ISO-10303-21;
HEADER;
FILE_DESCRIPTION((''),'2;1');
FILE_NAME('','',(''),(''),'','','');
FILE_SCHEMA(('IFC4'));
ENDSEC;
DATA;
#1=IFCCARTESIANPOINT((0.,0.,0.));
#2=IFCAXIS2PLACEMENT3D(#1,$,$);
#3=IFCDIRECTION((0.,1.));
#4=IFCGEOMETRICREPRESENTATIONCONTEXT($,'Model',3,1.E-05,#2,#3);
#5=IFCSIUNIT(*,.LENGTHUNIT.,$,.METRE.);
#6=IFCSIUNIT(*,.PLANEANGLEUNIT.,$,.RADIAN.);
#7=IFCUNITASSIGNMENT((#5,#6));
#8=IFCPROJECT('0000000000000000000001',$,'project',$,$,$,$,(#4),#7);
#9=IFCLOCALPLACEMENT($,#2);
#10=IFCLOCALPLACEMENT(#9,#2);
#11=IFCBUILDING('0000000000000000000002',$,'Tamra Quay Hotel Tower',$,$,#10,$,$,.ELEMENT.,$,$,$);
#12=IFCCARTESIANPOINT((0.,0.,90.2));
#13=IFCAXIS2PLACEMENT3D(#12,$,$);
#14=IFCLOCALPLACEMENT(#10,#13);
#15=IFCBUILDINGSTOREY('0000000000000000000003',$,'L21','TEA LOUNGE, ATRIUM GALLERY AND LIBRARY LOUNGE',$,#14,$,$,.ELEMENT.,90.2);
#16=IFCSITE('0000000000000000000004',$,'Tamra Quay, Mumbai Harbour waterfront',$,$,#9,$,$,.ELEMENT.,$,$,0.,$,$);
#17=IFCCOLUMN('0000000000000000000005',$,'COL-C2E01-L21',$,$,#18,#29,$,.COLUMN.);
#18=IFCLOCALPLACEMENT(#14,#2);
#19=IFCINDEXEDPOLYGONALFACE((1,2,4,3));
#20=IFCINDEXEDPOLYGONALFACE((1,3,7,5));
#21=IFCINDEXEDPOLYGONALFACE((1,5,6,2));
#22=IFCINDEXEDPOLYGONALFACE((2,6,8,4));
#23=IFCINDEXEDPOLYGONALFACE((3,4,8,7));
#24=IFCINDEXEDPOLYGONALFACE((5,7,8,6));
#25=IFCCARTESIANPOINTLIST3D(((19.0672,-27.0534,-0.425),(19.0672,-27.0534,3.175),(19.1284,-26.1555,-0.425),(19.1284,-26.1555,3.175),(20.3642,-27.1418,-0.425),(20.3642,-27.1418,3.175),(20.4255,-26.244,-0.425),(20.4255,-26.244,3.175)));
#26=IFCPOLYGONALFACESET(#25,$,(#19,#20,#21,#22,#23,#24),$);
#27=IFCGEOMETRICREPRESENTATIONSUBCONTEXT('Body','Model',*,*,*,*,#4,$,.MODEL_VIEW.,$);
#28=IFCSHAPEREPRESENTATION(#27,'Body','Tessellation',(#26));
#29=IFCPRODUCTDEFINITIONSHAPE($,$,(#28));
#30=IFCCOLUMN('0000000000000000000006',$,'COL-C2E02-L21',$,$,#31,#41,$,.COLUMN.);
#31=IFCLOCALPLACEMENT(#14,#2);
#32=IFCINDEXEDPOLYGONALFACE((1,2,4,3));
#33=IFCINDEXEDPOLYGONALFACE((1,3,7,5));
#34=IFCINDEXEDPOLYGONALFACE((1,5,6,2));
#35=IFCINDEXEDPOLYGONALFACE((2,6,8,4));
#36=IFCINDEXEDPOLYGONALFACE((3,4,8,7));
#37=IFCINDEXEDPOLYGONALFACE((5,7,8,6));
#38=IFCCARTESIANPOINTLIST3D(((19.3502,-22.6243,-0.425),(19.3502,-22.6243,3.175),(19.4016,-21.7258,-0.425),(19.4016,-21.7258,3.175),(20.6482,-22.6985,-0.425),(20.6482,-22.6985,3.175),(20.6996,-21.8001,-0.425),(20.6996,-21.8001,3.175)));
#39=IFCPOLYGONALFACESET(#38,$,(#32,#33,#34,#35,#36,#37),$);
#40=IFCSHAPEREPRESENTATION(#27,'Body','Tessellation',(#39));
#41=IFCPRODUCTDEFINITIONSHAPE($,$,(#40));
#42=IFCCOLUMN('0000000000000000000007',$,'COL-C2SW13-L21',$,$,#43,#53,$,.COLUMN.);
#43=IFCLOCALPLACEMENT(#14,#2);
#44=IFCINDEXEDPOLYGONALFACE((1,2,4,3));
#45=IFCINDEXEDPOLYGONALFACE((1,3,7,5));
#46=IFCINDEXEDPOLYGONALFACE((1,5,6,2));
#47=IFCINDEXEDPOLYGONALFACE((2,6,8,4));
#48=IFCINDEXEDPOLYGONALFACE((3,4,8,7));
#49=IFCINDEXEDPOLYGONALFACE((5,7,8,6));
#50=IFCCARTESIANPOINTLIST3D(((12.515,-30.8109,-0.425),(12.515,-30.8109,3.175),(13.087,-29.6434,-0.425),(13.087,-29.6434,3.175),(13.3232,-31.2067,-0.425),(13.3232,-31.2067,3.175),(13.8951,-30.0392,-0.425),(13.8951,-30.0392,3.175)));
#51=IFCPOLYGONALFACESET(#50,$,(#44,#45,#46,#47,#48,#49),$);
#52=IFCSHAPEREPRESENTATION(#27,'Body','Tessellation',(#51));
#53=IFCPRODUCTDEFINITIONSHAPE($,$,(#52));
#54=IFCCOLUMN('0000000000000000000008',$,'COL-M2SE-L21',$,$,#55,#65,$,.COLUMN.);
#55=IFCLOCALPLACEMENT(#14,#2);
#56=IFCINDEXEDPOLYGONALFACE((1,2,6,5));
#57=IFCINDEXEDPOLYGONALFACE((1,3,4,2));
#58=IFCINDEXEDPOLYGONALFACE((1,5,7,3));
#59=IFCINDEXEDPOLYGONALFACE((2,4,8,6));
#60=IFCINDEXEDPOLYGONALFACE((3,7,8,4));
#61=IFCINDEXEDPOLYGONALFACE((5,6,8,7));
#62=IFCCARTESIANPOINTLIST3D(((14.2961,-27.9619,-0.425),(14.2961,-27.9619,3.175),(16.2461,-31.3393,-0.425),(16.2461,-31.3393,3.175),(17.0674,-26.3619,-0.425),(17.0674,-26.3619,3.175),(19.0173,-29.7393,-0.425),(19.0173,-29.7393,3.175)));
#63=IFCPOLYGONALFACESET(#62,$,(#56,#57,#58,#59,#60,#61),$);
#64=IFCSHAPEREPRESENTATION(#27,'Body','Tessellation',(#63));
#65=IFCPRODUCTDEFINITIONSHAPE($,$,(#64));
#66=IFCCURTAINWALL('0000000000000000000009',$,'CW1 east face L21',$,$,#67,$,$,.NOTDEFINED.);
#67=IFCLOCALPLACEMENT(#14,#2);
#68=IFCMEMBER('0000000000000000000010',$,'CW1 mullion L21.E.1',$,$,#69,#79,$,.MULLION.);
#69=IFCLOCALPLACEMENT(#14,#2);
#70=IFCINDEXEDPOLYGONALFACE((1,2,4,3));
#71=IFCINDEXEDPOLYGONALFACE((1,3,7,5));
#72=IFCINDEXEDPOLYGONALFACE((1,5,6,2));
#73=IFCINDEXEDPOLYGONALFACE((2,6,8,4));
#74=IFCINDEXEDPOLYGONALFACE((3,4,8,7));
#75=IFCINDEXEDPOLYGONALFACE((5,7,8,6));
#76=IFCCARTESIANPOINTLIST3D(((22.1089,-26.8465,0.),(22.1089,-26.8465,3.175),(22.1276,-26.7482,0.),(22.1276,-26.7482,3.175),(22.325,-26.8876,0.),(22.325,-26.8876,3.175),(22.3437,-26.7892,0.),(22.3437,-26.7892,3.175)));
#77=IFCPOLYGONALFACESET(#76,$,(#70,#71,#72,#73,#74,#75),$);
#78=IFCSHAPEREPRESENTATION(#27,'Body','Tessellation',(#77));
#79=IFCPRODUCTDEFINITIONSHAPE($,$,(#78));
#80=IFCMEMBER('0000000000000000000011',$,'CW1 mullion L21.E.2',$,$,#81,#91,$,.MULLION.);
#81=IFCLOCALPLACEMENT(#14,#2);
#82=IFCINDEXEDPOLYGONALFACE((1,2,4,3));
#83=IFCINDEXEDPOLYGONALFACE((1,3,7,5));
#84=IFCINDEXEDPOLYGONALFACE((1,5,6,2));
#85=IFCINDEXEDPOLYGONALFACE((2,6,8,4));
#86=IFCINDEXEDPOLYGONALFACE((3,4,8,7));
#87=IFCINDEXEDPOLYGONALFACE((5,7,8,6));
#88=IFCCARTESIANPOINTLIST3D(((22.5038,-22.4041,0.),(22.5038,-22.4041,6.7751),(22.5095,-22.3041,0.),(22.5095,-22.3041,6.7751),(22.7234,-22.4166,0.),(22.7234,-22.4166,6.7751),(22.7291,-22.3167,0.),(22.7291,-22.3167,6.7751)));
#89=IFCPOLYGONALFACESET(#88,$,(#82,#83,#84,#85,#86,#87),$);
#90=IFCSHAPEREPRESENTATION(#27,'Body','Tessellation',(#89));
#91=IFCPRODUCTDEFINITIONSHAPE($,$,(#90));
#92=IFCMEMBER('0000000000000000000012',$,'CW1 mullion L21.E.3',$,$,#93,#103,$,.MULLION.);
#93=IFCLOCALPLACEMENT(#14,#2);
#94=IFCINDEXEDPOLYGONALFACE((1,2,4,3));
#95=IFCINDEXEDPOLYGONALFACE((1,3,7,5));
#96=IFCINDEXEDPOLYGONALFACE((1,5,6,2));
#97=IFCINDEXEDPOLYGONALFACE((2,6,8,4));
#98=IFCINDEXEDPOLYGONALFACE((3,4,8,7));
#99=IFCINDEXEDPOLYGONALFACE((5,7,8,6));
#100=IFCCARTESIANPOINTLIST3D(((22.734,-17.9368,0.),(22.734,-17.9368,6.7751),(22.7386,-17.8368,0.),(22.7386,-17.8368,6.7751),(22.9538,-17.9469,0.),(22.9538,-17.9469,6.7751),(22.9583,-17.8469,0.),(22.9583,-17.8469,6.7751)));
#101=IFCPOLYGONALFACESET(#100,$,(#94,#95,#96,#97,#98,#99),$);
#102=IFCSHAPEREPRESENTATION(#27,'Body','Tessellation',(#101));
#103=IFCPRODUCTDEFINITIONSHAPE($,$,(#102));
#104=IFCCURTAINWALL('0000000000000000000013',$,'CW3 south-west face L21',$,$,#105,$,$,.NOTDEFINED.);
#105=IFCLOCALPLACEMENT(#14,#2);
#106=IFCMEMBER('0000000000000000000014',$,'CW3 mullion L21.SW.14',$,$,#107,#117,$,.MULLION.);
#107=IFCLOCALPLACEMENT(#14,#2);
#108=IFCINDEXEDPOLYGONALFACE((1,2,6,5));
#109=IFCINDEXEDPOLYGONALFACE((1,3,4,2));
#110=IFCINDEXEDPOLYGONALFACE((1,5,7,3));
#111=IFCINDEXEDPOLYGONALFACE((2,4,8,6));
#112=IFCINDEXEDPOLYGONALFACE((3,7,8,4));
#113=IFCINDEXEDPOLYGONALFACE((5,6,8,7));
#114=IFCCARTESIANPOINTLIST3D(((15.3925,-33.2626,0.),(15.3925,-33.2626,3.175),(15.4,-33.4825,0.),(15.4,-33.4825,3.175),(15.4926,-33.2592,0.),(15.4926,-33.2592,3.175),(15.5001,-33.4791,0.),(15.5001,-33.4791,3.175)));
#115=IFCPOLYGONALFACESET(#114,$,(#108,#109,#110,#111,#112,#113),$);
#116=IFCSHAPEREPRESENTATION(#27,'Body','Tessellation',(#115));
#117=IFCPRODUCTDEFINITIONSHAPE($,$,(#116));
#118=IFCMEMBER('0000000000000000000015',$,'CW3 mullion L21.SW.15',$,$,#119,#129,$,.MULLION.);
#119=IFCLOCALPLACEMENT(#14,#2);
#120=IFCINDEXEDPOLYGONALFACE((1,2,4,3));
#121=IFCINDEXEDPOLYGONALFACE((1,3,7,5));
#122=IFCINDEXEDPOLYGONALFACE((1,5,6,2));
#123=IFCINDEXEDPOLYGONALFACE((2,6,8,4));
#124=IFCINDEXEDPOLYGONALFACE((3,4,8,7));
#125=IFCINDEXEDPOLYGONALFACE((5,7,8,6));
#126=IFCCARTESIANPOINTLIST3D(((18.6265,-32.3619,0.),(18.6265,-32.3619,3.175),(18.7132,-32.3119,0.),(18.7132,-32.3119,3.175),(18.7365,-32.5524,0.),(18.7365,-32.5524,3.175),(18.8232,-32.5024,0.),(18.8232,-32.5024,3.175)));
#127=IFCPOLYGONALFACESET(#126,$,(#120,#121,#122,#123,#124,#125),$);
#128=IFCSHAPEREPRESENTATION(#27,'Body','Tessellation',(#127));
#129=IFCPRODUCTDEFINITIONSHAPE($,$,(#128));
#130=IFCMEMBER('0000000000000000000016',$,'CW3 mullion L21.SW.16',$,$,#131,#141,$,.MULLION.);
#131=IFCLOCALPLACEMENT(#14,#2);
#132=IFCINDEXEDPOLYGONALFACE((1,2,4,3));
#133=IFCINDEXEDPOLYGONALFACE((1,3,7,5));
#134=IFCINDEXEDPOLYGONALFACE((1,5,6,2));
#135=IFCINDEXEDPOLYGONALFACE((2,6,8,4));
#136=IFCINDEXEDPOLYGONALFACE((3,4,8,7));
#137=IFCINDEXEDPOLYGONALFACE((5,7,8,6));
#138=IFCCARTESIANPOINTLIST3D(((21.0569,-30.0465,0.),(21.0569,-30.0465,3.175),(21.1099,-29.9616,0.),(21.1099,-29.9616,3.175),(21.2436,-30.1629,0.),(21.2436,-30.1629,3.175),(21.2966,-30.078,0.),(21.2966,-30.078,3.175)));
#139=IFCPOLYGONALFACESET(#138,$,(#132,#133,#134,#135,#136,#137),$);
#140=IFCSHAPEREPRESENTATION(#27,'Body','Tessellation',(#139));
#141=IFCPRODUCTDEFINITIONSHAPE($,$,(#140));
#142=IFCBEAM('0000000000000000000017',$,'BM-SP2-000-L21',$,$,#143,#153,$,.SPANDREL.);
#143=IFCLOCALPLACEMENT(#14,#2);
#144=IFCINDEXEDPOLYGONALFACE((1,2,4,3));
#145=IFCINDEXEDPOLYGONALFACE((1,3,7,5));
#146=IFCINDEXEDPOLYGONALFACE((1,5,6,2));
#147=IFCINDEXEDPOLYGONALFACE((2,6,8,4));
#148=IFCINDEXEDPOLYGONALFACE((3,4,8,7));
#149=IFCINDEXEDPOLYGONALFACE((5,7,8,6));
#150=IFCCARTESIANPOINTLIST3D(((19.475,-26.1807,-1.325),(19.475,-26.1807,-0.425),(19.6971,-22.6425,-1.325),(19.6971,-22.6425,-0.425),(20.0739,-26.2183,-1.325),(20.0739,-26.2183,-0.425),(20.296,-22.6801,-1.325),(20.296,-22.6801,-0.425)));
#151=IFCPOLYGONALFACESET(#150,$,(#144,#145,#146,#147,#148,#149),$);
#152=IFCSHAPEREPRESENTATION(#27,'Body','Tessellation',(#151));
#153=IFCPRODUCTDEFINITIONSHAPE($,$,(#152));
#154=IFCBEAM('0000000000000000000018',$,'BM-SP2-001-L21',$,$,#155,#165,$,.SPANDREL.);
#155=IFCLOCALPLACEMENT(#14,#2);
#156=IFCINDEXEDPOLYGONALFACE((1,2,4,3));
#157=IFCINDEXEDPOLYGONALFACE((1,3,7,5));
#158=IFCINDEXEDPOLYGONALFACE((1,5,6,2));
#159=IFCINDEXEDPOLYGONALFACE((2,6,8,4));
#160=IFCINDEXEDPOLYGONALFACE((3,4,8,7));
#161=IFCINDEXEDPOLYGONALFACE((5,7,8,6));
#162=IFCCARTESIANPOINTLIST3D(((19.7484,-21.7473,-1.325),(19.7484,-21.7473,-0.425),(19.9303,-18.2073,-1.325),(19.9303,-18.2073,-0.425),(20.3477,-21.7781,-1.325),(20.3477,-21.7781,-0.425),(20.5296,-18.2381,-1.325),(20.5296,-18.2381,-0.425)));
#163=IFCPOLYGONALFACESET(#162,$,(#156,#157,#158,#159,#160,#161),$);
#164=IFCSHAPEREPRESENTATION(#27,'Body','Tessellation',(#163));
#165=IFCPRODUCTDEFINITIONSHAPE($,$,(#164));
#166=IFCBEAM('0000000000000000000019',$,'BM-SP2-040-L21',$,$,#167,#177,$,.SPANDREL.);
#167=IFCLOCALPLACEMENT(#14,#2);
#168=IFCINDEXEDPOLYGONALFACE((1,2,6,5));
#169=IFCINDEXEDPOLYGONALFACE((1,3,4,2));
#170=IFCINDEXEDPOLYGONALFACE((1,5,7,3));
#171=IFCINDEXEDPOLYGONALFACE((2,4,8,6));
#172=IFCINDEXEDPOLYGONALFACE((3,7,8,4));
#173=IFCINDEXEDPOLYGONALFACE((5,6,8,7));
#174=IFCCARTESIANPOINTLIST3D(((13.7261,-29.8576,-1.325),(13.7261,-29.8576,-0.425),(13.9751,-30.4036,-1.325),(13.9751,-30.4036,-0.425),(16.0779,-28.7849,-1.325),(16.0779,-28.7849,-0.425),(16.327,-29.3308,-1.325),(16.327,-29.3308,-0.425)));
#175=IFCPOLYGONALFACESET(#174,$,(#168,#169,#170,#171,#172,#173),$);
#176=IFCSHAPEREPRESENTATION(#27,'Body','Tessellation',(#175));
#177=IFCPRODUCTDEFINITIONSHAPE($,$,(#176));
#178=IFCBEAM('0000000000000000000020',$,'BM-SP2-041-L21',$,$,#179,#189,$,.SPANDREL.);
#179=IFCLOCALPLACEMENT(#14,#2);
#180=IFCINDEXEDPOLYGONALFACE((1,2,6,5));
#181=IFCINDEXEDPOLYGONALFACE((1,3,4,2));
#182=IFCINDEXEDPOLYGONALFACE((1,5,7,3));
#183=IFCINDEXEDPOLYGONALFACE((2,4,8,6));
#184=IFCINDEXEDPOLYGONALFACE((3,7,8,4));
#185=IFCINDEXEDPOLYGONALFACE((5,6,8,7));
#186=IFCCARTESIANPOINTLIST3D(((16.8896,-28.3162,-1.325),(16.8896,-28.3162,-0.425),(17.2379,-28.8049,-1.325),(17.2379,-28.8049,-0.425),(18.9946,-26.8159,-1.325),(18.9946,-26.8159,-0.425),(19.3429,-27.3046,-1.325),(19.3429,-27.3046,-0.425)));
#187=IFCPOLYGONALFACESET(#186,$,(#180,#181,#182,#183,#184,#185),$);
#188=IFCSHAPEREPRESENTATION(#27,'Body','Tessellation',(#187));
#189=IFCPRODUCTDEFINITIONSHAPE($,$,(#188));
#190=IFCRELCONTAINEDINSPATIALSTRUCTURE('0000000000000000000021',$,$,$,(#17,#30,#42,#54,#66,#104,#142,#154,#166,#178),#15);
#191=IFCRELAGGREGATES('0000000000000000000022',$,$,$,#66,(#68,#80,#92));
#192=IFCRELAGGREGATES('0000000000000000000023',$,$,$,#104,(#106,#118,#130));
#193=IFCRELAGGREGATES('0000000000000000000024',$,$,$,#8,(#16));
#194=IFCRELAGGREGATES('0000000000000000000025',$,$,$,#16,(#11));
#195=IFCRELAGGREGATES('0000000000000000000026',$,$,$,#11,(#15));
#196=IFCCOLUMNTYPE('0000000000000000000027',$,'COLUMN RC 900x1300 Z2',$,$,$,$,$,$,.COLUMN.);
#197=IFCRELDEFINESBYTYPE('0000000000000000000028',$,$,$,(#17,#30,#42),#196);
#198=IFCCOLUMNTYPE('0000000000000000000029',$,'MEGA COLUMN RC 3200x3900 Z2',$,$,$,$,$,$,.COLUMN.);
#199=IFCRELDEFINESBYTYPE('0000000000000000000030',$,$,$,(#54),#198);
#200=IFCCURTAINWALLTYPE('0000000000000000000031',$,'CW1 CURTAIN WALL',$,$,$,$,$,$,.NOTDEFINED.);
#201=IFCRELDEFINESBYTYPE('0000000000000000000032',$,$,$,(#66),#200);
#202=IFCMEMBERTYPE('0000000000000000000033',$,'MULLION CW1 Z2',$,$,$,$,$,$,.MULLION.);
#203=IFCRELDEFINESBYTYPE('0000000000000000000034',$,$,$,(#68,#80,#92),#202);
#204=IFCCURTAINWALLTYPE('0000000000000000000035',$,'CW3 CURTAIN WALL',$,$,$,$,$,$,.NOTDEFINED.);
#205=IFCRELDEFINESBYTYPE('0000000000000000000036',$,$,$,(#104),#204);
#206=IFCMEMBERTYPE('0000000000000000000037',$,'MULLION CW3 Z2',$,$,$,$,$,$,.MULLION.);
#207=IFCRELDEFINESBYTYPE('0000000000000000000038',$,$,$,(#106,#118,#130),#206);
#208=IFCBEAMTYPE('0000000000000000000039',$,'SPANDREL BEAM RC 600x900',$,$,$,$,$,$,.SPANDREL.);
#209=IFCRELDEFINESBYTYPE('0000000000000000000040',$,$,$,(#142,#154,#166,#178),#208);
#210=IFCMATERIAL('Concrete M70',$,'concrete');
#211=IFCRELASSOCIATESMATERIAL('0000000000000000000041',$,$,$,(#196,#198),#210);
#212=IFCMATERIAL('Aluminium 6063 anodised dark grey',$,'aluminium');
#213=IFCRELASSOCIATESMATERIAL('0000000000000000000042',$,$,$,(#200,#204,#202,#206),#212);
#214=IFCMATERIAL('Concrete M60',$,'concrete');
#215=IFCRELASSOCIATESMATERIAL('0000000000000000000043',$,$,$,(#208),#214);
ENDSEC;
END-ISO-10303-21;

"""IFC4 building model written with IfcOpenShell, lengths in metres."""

from ifc_helpers import new_model, si_unit, direction, frame, origin, origin_2d, place, context, subcontext, project, spatial, rectangle, extrude, material, material_profile, profile_set, type_object, element, aggregate, save


model = new_model("IFC4")

# Units and contexts
model_context = context("Model", 3, precision=1e-05, world=origin(), true_north=direction((0.0, 1.0)))
body_context = subcontext(model_context, "Body", "Model", "MODEL_VIEW")
ifc_project = project(units=[si_unit("LENGTHUNIT", "METRE"), si_unit("PLANEANGLEUNIT", "RADIAN")], contexts=[model_context])

# Site, building, storey
site_placement = place(None, origin())
site = spatial("IfcSite", under=ifc_project, at=site_placement, Name="Tamra Quay, Mumbai Harbour waterfront", CompositionType="ELEMENT", RefElevation=0.0)
building_placement = place(site_placement, origin())
building = spatial("IfcBuilding", under=site, at=building_placement, Name="Tamra Quay Hotel Tower", CompositionType="ELEMENT")
storey_placement = place(building_placement, frame((0.0, 0.0, 90.2)))
storey = spatial("IfcBuildingStorey", under=building, at=storey_placement, Name="L21", Description="TEA LOUNGE, ATRIUM GALLERY AND LIBRARY LOUNGE", CompositionType="ELEMENT", Elevation=90.2)

# Columns
ifc_material_1 = material(Name="Concrete M70", Category="concrete")
ifc_material_profile_1 = material_profile(ifc_material_1, rectangle(XDim=1.3, YDim=0.8999, at=origin_2d()), Name="COLUMN RC 900x1300 Z2")
ifc_profile_set_1 = profile_set([ifc_material_profile_1], Name="Concrete M70")
column_type_1 = type_object("IfcColumnType", Name="COLUMN RC 900x1300 Z2", PredefinedType="COLUMN", material=ifc_profile_set_1)
for number, where, z_axis, x_axis, name in (
    (1, (19.7463, -26.6487, -0.425), (0.0, 0.0, 1.0), (-0.997682, 0.068041, 0.0), "COL-C2E01-L21"),
    (2, (20.0249, -22.2122, -0.425), (0.0, 0.0, 1.0), (-0.998368, 0.057108, 0.0), "COL-C2E02-L21"),
    (3, (13.2051, -30.425, -0.425), (0.0, 0.0, 1.0), (0.439916, 0.898039, 0.0), "COL-C2SW13-L21"),
):
    element("IfcColumn", number, at=place(storey_placement, frame(where, z_axis=z_axis, x_axis=x_axis)), inside=storey, type_object=column_type_1, Name=name, PredefinedType="COLUMN", context=body_context, shape_type="SweptSolid", body=[
        extrude(rectangle(XDim=1.3, YDim=0.8999, at=origin_2d()), origin(), (0.0, 0.0, 1.0), 3.6001),
    ])
ifc_material_profile_2 = material_profile(ifc_material_1, rectangle(XDim=3.8999, YDim=3.2, at=origin_2d()), Name="MEGA COLUMN RC 3200x3900 Z2")
ifc_profile_set_2 = profile_set([ifc_material_profile_2], Name="Concrete M70")
column_type_2 = type_object("IfcColumnType", Name="MEGA COLUMN RC 3200x3900 Z2", PredefinedType="COLUMN", material=ifc_profile_set_2)
column_placement = place(storey_placement, frame((16.6567, -28.8506, -0.425), z_axis=(0.0, 0.0, 1.0), x_axis=(-0.5, 0.866025, 0.0)))
element("IfcColumn", 4, at=column_placement, inside=storey, type_object=column_type_2, Name="COL-M2SE-L21", PredefinedType="COLUMN", context=body_context, shape_type="SweptSolid", body=[
    extrude(rectangle(XDim=3.8999, YDim=3.2, at=origin_2d()), origin(), (0.0, 0.0, 1.0), 3.6001),
])

# Curtain walls, members
ifc_material_2 = material(Name="Aluminium 6063 anodised dark grey", Category="aluminium")
curtain_wall_type_1 = type_object("IfcCurtainWallType", Name="CW1 CURTAIN WALL", PredefinedType="NOTDEFINED", material=ifc_material_2)
curtain_wall_1_placement = place(storey_placement, origin())
curtain_wall_1 = element("IfcCurtainWall", 5, at=curtain_wall_1_placement, inside=storey, type_object=curtain_wall_type_1, Name="CW1 east face L21", PredefinedType="NOTDEFINED")
ifc_material_profile_3 = material_profile(ifc_material_2, rectangle(XDim=0.22, YDim=0.1001, at=origin_2d()), Name="MULLION 100X220")
ifc_profile_set_3 = profile_set([ifc_material_profile_3], Name="Aluminium 6063 anodised dark grey")
member_type_1 = type_object("IfcMemberType", Name="MULLION CW1 Z2", PredefinedType="MULLION", material=ifc_profile_set_3)
member_1_placement = place(storey_placement, frame((22.2263, -26.8179, 0.0), z_axis=(0.0, 0.0, 1.0), x_axis=(0.982419, -0.186689, 0.0)))
member_1 = element("IfcMember", 6, at=member_1_placement, type_object=member_type_1, Name="CW1 mullion L21.E.1", PredefinedType="MULLION", context=body_context, shape_type="SweptSolid", body=[
    extrude(rectangle(XDim=0.22, YDim=0.1001, at=origin_2d()), origin(), (0.0, 0.0, 1.0), 3.175),
])
member_2_placement = place(storey_placement, frame((22.6165, -22.3604, 0.0), z_axis=(0.0, 0.0, 1.0), x_axis=(0.998374, -0.056996, 0.0)))
member_2 = element("IfcMember", 7, at=member_2_placement, type_object=member_type_1, Name="CW1 mullion L21.E.2", PredefinedType="MULLION", context=body_context, shape_type="SweptSolid", body=[
    extrude(rectangle(XDim=0.22, YDim=0.1001, at=origin_2d()), origin(), (0.0, 0.0, 1.0), 6.7751),
])
member_3_placement = place(storey_placement, frame((22.8462, -17.8918, 0.0), z_axis=(0.0, 0.0, 1.0), x_axis=(0.998958, -0.045633, 0.0)))
member_3 = element("IfcMember", 8, at=member_3_placement, type_object=member_type_1, Name="CW1 mullion L21.E.3", PredefinedType="MULLION", context=body_context, shape_type="SweptSolid", body=[
    extrude(rectangle(XDim=0.22, YDim=0.1001, at=origin_2d()), origin(), (0.0, 0.0, 1.0), 6.7751),
])
curtain_wall_type_2 = type_object("IfcCurtainWallType", Name="CW3 CURTAIN WALL", PredefinedType="NOTDEFINED", material=ifc_material_2)
curtain_wall_2_placement = place(storey_placement, origin())
curtain_wall_2 = element("IfcCurtainWall", 9, at=curtain_wall_2_placement, inside=storey, type_object=curtain_wall_type_2, Name="CW3 south-west face L21", PredefinedType="NOTDEFINED")
ifc_material_profile_4 = material_profile(ifc_material_2, rectangle(XDim=0.22, YDim=0.1001, at=origin_2d()), Name="MULLION 100X220")
ifc_profile_set_4 = profile_set([ifc_material_profile_4], Name="Aluminium 6063 anodised dark grey")
member_type_2 = type_object("IfcMemberType", Name="MULLION CW3 Z2", PredefinedType="MULLION", material=ifc_profile_set_4)
member_4_placement = place(storey_placement, frame((15.4463, -33.3708, 0.0), z_axis=(0.0, 0.0, 1.0), x_axis=(0.034041, -0.99942, 0.0)))
member_4 = element("IfcMember", 10, at=member_4_placement, type_object=member_type_2, Name="CW3 mullion L21.SW.14", PredefinedType="MULLION", context=body_context, shape_type="SweptSolid", body=[
    extrude(rectangle(XDim=0.22, YDim=0.1001, at=origin_2d()), origin(), (0.0, 0.0, 1.0), 3.175),
])
member_5_placement = place(storey_placement, frame((18.7249, -32.4321, 0.0), z_axis=(0.0, 0.0, 1.0), x_axis=(0.5, -0.866025, 0.0)))
member_5 = element("IfcMember", 11, at=member_5_placement, type_object=member_type_2, Name="CW3 mullion L21.SW.15", PredefinedType="MULLION", context=body_context, shape_type="SweptSolid", body=[
    extrude(rectangle(XDim=0.22, YDim=0.1001, at=origin_2d()), origin(), (0.0, 0.0, 1.0), 3.175),
])
member_6_placement = place(storey_placement, frame((21.1768, -30.0623, 0.0), z_axis=(0.0, 0.0, 1.0), x_axis=(0.848503, -0.52919, 0.0)))
member_6 = element("IfcMember", 12, at=member_6_placement, type_object=member_type_2, Name="CW3 mullion L21.SW.16", PredefinedType="MULLION", context=body_context, shape_type="SweptSolid", body=[
    extrude(rectangle(XDim=0.22, YDim=0.1001, at=origin_2d()), origin(), (0.0, 0.0, 1.0), 3.175),
])

# Beams
ifc_material_3 = material(Name="Concrete M60", Category="concrete")
ifc_material_profile_5 = material_profile(ifc_material_3, rectangle(XDim=0.6001, YDim=0.8999, at=origin_2d()), Name="SPANDREL BEAM RC 600x900")
ifc_profile_set_5 = profile_set([ifc_material_profile_5], Name="Concrete M60")
beam_type = type_object("IfcBeamType", Name="SPANDREL BEAM RC 600x900", PredefinedType="SPANDREL", material=ifc_profile_set_5)
beam_1_placement = place(storey_placement, frame((19.7744, -26.1995, -0.875), z_axis=(0.06267, 0.998034, 0.0), x_axis=(-0.998034, 0.06267, 0.0)))
element("IfcBeam", 13, at=beam_1_placement, inside=storey, type_object=beam_type, Name="BM-SP2-000-L21", PredefinedType="SPANDREL", context=body_context, shape_type="SweptSolid", body=[
    extrude(rectangle(XDim=0.6001, YDim=0.8999, at=origin_2d()), origin(), (0.0, 0.0, 1.0), 3.5452),
])
beam_2_placement = place(storey_placement, frame((20.0481, -21.7627, -0.875), z_axis=(0.051312, 0.998683, 0.0), x_axis=(-0.998683, 0.051312, 0.0)))
element("IfcBeam", 14, at=beam_2_placement, inside=storey, type_object=beam_type, Name="BM-SP2-001-L21", PredefinedType="SPANDREL", context=body_context, shape_type="SweptSolid", body=[
    extrude(rectangle(XDim=0.6001, YDim=0.8999, at=origin_2d()), origin(), (0.0, 0.0, 1.0), 3.5447),
])
for number, where, z_axis, x_axis, name in (
    (15, (13.8506, -30.1306, -0.875), (0.909819, 0.415005, 0.0), (-0.415005, 0.909819, 0.0), "BM-SP2-040-L21"),
    (16, (17.0637, -28.5605, -0.875), (0.814339, 0.580389, 0.0), (-0.580389, 0.814339, 0.0), "BM-SP2-041-L21"),
):
    element("IfcBeam", number, at=place(storey_placement, frame(where, z_axis=z_axis, x_axis=x_axis)), inside=storey, type_object=beam_type, Name=name, PredefinedType="SPANDREL", context=body_context, shape_type="SweptSolid", body=[
        extrude(rectangle(XDim=0.6001, YDim=0.8999, at=origin_2d()), origin(), (0.0, 0.0, 1.0), 2.585),
    ])

aggregate(curtain_wall_1, [member_1, member_2, member_3])
aggregate(curtain_wall_2, [member_4, member_5, member_6])

save(model, "model.ifc")
